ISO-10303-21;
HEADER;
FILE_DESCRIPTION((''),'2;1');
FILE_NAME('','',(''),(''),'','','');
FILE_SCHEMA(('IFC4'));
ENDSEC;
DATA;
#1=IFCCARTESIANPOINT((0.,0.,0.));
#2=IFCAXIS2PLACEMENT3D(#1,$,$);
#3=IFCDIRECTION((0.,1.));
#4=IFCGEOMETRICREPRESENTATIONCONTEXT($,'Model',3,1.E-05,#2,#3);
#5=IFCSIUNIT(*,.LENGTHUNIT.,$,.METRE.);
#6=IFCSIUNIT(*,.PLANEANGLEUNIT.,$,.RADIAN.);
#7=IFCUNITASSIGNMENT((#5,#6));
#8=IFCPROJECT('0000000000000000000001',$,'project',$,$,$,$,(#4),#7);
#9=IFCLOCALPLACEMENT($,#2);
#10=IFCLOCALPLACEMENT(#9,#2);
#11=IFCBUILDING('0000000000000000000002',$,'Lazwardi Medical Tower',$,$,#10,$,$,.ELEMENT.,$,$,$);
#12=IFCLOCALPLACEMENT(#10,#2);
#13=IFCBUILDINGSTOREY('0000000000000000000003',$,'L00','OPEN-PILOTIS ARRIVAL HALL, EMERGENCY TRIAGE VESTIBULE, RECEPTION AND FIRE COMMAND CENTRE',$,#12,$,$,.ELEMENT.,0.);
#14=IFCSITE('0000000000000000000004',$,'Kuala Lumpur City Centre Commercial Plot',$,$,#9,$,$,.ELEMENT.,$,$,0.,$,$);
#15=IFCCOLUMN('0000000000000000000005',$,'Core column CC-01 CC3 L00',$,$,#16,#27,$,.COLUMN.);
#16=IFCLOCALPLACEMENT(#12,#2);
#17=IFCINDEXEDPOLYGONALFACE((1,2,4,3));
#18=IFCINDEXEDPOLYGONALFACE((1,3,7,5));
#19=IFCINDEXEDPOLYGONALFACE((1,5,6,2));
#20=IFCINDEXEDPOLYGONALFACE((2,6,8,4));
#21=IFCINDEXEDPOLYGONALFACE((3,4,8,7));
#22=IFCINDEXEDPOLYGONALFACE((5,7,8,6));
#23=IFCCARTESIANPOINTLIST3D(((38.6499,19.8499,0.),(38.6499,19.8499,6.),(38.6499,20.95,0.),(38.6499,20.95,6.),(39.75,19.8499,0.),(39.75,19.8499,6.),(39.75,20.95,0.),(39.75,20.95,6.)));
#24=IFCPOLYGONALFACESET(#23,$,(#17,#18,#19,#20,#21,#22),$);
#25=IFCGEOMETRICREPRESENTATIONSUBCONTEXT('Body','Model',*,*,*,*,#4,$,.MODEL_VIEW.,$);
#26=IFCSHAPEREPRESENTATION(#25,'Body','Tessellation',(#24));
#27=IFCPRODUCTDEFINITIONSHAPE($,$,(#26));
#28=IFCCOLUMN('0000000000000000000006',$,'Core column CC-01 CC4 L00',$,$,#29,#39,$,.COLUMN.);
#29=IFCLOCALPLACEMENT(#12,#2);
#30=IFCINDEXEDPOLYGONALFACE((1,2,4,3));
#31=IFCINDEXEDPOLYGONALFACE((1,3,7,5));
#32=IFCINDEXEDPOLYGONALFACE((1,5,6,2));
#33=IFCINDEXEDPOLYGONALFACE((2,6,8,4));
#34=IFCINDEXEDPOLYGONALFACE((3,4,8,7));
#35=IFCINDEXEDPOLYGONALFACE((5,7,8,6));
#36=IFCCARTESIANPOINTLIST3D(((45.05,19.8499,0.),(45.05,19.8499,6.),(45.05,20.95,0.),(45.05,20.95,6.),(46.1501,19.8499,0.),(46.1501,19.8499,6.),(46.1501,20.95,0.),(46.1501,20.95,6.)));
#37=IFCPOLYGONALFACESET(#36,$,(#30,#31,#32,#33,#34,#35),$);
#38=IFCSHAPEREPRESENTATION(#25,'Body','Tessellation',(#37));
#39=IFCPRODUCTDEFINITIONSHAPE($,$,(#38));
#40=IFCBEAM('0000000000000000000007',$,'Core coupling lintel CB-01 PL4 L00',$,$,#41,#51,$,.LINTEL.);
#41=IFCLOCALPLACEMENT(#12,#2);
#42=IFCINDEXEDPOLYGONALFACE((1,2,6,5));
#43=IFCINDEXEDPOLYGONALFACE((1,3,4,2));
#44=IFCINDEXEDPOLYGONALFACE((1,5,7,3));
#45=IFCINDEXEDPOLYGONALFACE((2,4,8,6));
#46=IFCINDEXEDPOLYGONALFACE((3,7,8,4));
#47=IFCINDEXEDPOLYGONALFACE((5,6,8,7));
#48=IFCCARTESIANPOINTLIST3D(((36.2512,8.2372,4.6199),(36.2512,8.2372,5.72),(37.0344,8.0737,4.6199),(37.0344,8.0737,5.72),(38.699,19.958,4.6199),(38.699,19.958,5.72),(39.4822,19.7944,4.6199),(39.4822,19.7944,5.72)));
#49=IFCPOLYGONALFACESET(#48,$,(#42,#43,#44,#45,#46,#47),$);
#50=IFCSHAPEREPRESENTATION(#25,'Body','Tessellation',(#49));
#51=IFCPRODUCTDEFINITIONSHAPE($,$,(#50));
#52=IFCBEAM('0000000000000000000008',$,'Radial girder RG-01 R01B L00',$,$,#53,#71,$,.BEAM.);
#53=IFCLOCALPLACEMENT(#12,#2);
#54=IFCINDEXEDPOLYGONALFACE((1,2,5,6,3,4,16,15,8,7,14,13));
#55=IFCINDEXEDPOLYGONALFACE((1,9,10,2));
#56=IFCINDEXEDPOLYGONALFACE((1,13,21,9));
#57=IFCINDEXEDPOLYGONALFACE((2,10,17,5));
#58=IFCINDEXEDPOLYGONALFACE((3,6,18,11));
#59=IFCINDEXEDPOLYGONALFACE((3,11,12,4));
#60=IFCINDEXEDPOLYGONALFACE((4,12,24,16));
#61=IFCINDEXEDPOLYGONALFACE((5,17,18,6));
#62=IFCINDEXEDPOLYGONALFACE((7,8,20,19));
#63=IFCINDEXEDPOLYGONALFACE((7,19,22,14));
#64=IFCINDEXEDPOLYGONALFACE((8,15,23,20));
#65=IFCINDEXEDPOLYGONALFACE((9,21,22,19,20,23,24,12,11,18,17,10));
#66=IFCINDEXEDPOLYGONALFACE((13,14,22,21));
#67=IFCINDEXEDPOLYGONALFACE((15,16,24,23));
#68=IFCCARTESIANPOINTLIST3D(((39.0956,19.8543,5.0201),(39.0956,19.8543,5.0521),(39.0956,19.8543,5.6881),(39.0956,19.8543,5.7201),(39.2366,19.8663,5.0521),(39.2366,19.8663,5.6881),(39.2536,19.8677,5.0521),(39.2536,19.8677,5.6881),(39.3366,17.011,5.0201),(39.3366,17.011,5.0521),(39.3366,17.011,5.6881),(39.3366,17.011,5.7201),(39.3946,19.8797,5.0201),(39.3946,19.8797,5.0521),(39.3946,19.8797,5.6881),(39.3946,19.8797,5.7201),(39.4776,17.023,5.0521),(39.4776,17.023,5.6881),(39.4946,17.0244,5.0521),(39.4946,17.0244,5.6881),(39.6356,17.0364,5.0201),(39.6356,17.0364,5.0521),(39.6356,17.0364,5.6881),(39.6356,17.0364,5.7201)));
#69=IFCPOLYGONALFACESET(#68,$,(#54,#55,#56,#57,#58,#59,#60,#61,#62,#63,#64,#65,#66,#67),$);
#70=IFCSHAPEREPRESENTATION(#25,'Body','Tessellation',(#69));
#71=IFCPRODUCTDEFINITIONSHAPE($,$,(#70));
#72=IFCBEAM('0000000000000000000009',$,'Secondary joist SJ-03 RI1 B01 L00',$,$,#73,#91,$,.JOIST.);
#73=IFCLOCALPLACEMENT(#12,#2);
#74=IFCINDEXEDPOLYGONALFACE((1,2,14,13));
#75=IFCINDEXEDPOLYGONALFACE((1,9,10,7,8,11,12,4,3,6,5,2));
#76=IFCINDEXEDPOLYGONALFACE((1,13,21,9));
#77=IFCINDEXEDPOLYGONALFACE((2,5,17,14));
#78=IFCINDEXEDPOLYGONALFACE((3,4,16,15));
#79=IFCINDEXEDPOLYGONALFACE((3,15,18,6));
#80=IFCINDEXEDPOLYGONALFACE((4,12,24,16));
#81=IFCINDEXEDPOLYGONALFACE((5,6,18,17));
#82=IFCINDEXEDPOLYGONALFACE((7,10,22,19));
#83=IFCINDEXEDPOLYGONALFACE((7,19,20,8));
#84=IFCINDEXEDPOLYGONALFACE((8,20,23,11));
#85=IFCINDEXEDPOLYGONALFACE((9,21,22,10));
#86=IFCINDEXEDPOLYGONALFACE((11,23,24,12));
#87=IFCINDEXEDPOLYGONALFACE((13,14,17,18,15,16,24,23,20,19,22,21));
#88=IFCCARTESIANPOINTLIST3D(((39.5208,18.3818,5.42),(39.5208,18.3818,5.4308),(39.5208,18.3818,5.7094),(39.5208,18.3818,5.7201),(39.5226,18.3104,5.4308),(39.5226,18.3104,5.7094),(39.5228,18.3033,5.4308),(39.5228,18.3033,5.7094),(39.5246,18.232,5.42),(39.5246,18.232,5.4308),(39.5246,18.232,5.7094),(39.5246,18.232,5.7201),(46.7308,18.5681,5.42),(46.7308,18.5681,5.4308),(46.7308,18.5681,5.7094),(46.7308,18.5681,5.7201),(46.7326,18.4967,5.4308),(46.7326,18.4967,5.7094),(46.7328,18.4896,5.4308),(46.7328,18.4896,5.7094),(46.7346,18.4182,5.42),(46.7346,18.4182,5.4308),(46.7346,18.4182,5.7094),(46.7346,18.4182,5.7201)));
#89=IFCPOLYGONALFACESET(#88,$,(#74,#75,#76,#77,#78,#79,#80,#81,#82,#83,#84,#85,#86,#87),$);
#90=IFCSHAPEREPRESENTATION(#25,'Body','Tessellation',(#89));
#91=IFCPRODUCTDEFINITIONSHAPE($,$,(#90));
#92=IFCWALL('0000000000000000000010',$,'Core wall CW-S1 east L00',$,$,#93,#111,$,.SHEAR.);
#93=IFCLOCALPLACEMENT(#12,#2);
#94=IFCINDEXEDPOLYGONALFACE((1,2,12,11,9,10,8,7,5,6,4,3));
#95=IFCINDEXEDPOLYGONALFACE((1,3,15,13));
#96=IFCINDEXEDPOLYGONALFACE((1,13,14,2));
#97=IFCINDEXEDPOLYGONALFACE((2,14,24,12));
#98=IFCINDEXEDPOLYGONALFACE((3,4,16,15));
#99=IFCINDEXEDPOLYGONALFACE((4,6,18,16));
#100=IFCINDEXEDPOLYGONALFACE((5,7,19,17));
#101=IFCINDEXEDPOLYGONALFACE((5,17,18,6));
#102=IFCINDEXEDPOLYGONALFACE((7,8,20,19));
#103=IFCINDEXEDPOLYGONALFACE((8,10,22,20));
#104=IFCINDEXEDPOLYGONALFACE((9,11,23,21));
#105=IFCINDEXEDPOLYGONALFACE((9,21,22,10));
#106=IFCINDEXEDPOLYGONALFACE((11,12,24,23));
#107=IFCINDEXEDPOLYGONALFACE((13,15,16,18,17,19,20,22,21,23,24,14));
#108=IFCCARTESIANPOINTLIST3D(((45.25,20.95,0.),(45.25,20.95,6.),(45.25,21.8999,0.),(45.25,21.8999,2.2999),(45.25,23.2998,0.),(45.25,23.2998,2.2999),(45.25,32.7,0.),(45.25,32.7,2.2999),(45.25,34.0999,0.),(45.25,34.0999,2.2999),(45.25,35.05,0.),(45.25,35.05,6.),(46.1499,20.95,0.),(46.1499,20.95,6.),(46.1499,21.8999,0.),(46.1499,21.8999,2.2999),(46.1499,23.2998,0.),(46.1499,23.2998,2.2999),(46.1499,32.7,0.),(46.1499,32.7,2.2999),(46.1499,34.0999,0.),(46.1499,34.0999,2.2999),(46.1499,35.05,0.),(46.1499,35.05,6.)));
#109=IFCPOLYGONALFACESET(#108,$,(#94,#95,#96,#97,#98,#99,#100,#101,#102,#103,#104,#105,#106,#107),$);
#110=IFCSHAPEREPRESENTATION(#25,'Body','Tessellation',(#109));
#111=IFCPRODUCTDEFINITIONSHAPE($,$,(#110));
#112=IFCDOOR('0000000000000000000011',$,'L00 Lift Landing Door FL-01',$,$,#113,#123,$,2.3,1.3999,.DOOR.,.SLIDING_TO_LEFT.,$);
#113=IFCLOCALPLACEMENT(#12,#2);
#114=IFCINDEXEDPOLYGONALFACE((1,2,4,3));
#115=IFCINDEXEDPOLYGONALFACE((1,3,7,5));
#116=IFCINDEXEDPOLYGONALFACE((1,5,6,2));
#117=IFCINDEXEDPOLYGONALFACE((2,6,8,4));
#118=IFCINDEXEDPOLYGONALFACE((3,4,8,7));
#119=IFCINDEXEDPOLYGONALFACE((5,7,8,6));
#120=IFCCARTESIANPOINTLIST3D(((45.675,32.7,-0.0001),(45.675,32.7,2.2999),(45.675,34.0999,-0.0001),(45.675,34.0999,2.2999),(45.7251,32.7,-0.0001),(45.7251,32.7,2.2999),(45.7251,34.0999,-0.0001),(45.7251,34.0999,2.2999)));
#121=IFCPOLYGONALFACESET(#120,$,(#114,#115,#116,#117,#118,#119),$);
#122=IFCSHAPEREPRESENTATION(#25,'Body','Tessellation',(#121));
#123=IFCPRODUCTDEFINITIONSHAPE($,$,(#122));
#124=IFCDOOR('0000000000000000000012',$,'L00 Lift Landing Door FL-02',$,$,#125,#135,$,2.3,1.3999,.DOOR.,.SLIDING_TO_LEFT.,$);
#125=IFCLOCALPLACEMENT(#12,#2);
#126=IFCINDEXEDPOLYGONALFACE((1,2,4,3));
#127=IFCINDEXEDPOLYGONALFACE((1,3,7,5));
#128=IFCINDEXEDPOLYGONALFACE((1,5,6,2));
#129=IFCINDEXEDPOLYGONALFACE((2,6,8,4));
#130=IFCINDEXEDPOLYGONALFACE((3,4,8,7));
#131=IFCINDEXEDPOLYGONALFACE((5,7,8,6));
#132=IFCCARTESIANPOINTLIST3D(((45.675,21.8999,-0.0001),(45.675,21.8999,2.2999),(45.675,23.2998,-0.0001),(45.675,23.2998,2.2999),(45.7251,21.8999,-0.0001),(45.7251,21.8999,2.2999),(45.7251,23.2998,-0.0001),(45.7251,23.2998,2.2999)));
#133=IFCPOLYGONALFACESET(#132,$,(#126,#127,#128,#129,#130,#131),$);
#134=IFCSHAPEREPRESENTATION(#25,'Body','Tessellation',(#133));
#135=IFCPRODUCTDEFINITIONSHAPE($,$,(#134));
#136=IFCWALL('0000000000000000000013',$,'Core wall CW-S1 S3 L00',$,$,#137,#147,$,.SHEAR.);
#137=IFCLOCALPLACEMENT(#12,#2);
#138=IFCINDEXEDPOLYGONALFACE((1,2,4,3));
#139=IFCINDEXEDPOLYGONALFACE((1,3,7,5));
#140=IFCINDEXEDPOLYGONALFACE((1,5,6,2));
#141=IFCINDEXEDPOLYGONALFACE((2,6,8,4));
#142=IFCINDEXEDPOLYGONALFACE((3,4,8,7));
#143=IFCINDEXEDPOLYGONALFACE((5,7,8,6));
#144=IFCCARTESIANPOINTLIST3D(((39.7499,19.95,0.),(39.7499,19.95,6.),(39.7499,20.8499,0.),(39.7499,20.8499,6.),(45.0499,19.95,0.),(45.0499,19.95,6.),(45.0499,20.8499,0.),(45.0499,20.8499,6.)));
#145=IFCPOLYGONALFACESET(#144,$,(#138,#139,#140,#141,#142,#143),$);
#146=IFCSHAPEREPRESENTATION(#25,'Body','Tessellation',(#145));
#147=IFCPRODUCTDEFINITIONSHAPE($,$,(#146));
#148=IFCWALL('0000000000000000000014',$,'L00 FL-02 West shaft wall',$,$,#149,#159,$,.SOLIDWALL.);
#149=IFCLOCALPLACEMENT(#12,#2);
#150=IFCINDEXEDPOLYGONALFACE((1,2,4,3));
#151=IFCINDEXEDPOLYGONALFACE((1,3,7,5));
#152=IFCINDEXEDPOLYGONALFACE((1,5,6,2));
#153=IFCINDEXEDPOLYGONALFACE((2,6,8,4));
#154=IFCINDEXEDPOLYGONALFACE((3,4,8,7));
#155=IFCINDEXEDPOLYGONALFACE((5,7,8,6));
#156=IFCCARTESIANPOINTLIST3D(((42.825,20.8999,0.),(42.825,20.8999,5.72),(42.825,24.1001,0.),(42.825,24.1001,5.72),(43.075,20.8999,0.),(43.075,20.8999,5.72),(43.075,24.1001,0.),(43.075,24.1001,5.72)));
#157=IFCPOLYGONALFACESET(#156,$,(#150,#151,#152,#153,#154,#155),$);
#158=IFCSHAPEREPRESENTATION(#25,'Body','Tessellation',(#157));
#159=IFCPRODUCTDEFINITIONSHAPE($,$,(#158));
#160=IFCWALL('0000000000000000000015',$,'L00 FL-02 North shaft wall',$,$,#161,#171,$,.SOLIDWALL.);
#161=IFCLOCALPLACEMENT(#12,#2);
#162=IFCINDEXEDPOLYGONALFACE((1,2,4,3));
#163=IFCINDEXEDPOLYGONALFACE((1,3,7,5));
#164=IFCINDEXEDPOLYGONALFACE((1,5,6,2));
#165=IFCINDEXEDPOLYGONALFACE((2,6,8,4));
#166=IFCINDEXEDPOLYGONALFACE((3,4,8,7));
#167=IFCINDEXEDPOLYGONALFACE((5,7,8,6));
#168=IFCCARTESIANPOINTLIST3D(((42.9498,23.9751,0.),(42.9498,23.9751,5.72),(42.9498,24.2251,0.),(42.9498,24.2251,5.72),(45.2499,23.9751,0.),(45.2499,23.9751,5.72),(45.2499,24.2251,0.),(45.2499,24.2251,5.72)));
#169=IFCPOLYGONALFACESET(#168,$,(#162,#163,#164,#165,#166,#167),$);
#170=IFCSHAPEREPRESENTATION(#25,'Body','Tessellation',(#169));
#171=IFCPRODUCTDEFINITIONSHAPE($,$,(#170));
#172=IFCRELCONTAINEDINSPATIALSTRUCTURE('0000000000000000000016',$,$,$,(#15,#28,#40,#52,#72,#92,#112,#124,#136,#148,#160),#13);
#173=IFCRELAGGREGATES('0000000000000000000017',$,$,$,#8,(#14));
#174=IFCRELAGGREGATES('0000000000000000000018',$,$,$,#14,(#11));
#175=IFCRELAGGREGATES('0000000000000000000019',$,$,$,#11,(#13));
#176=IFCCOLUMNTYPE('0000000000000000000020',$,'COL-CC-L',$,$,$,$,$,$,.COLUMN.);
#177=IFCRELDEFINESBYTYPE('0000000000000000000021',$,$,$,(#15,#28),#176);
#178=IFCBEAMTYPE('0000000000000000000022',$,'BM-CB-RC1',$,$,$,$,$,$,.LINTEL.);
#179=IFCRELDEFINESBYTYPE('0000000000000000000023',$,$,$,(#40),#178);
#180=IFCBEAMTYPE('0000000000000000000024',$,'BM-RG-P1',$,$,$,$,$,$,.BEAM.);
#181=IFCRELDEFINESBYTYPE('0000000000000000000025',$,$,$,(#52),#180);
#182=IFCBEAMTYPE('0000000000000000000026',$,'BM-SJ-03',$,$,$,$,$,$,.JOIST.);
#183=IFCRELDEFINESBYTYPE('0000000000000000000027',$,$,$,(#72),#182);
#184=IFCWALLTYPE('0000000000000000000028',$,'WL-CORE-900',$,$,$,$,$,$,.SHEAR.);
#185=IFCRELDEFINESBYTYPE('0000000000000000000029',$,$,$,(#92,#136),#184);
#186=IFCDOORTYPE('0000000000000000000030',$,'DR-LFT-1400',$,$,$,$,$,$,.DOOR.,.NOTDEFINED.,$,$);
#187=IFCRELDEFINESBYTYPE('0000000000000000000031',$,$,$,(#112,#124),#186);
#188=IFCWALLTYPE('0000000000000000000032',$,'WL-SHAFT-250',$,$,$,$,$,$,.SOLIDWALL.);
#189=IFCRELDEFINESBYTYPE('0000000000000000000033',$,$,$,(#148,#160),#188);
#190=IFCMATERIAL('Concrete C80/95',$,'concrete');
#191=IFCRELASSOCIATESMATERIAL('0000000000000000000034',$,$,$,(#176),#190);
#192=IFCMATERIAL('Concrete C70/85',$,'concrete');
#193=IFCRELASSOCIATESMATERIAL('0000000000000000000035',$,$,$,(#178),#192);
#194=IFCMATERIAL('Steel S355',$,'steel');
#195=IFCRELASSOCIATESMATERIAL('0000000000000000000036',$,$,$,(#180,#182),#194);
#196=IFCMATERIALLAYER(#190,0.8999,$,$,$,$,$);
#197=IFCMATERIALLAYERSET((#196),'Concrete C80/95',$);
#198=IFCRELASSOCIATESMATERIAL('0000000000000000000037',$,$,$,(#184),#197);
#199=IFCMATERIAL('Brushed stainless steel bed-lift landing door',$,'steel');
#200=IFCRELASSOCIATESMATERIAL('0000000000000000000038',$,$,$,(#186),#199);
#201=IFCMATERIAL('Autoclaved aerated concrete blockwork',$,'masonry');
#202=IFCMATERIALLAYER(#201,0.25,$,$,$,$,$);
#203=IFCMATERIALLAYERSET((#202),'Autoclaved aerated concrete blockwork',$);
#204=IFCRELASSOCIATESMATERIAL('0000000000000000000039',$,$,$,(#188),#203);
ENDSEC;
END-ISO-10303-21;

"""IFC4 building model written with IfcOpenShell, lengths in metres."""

from ifc_helpers import new_model, si_unit, direction, frame, frame_2d, origin, origin_2d, place, context, subcontext, project, spatial, rectangle, i_section, extrude, material, layer, layer_set, material_profile, profile_set, type_object, element, fill, save


model = new_model("IFC4")

# Units and contexts
model_context = context("Model", 3, precision=1e-05, world=origin(), true_north=direction((0.0, 1.0)))
body_context = subcontext(model_context, "Body", "Model", "MODEL_VIEW")
ifc_project = project(units=[si_unit("LENGTHUNIT", "METRE"), si_unit("PLANEANGLEUNIT", "RADIAN")], contexts=[model_context])

# Site, building, storey
site_placement = place(None, origin())
site = spatial("IfcSite", under=ifc_project, at=site_placement, Name="Kuala Lumpur City Centre Commercial Plot", CompositionType="ELEMENT", RefElevation=0.0)
building_placement = place(site_placement, origin())
building = spatial("IfcBuilding", under=site, at=building_placement, Name="Lazwardi Medical Tower", CompositionType="ELEMENT")
storey_placement = place(building_placement, origin())
storey = spatial("IfcBuildingStorey", under=building, at=storey_placement, Name="L00", Description="OPEN-PILOTIS ARRIVAL HALL, EMERGENCY TRIAGE VESTIBULE, RECEPTION AND FIRE COMMAND CENTRE", CompositionType="ELEMENT", Elevation=0.0)

# Columns
ifc_material_1 = material(Name="Concrete C80/95", Category="concrete")
ifc_material_profile_1 = material_profile(ifc_material_1, rectangle(XDim=1.1001, YDim=1.1001, at=origin_2d()), Name="RC 1100x1100")
ifc_profile_set_1 = profile_set([ifc_material_profile_1], Name="Concrete C80/95")
column_type = type_object("IfcColumnType", Name="COL-CC-L", PredefinedType="COLUMN", material=ifc_profile_set_1)
for number, where, z_axis, x_axis, name in (
    (1, (39.2, 20.3999, 0.0), (0.0, 0.0, 1.0), (1.0, 0.0, 0.0), "Core column CC-01 CC3 L00"),
    (2, (45.6001, 20.3999, 0.0), (0.0, 0.0, 1.0), (1.0, 0.0, 0.0), "Core column CC-01 CC4 L00"),
):
    element("IfcColumn", number, at=place(storey_placement, frame(where, z_axis=z_axis, x_axis=x_axis)), inside=storey, type_object=column_type, Name=name, PredefinedType="COLUMN", context=body_context, shape_type="SweptSolid", body=[
        extrude(rectangle(XDim=1.1001, YDim=1.1001, at=origin_2d()), origin(), (0.0, 0.0, 1.0), 6.0),
    ])

# Beams
ifc_material_2 = material(Name="Concrete C70/85", Category="concrete")
ifc_material_profile_2 = material_profile(ifc_material_2, rectangle(XDim=0.8, YDim=1.1001, at=origin_2d()), Name="RC 800x1100")
ifc_profile_set_2 = profile_set([ifc_material_profile_2], Name="Concrete C70/85")
beam_type_1 = type_object("IfcBeamType", Name="BM-CB-RC1", PredefinedType="LINTEL", material=ifc_profile_set_2)
beam_1_placement = place(storey_placement, frame((39.0906, 19.8762, 5.1699), z_axis=(-0.20443, -0.978881, 0.0), x_axis=(0.978881, -0.20443, 0.0)))
element("IfcBeam", 3, at=beam_1_placement, inside=storey, type_object=beam_type_1, Name="Core coupling lintel CB-01 PL4 L00", PredefinedType="LINTEL", context=body_context, shape_type="SweptSolid", body=[
    extrude(rectangle(XDim=0.8, YDim=1.1001, at=origin_2d()), origin(), (0.0, 0.0, 1.0), 11.9736),
])
ifc_material_3 = material(Name="Steel S355", Category="steel")
ifc_material_profile_3 = material_profile(ifc_material_3, i_section(OverallWidth=0.3, OverallDepth=0.7, WebThickness=0.0171, FlangeThickness=0.032, at=origin_2d()), Name="HEB 700")
ifc_profile_set_3 = profile_set([ifc_material_profile_3], Name="Steel S355")
beam_type_2 = type_object("IfcBeamType", Name="BM-RG-P1", PredefinedType="BEAM", material=ifc_profile_set_3)
beam_2_placement = place(storey_placement, frame((39.4861, 17.0237, 5.3701), z_axis=(-0.084447, 0.996428, 0.0), x_axis=(-0.996428, -0.084447, 0.0)))
element("IfcBeam", 4, at=beam_2_placement, inside=storey, type_object=beam_type_2, Name="Radial girder RG-01 R01B L00", PredefinedType="BEAM", context=body_context, shape_type="SweptSolid", body=[
    extrude(i_section(OverallWidth=0.3, OverallDepth=0.7, WebThickness=0.0171, FlangeThickness=0.032, at=origin_2d()), origin(), (0.0, 0.0, 1.0), 2.8535),
])
ifc_material_profile_4 = material_profile(ifc_material_3, i_section(OverallWidth=0.1499, OverallDepth=0.3, WebThickness=0.0071, FlangeThickness=0.0107, at=origin_2d()), Name="IPE 300")
ifc_profile_set_4 = profile_set([ifc_material_profile_4], Name="Steel S355")
beam_type_3 = type_object("IfcBeamType", Name="BM-SJ-03", PredefinedType="JOIST", material=ifc_profile_set_4)
beam_3_placement = place(storey_placement, frame((39.5227, 18.3069, 5.5701), z_axis=(0.999666, 0.025828, 0.0), x_axis=(-0.025828, 0.999666, 0.0)))
element("IfcBeam", 5, at=beam_3_placement, inside=storey, type_object=beam_type_3, Name="Secondary joist SJ-03 RI1 B01 L00", PredefinedType="JOIST", context=body_context, shape_type="SweptSolid", body=[
    extrude(i_section(OverallWidth=0.1499, OverallDepth=0.3, WebThickness=0.0071, FlangeThickness=0.0107, at=origin_2d()), origin(), (0.0, 0.0, 1.0), 7.2124),
])

# Wall, openings, doors
ifc_layer_1 = layer(ifc_material_1, 0.8999)
ifc_layer_set_1 = layer_set([ifc_layer_1], Name="Concrete C80/95")
wall_type_1 = type_object("IfcWallType", Name="WL-CORE-900", PredefinedType="SHEAR", material=ifc_layer_set_1)
wall_1_placement = place(storey_placement, frame((45.7, 20.95, 0.0), z_axis=(0.0, 0.0, 1.0), x_axis=(0.0, 1.0, 0.0)))
wall_1 = element("IfcWall", 6, at=wall_1_placement, inside=storey, type_object=wall_type_1, Name="Core wall CW-S1 east L00", PredefinedType="SHEAR", context=body_context, shape_type="SweptSolid", body=[
    extrude(rectangle(XDim=14.1001, YDim=0.8999, at=frame_2d((7.05, 0.0))), origin(), (0.0, 0.0, 1.0), 6.0),
])
opening_1_placement = place(wall_1_placement, frame((11.75, 0.0, 0.0)))
opening_1 = element("IfcOpeningElement", 7, at=opening_1_placement, cuts=wall_1, PredefinedType="OPENING", context=body_context, shape_type="SweptSolid", body=[
    extrude(rectangle(XDim=1.3999, YDim=2.3, at=frame_2d((0.7, 1.1499))), frame((0.0, 0.46, 0.0), z_axis=(0.0, -1.0, 0.0), x_axis=(1.0, 0.0, 0.0)), (0.0, 0.0, 1.0), 0.9199),
])
opening_2_placement = place(wall_1_placement, frame((0.95, 0.0, 0.0)))
opening_2 = element("IfcOpeningElement", 8, at=opening_2_placement, cuts=wall_1, PredefinedType="OPENING", context=body_context, shape_type="SweptSolid", body=[
    extrude(rectangle(XDim=1.3999, YDim=2.3, at=frame_2d((0.7, 1.1499))), frame((0.0, 0.46, 0.0), z_axis=(0.0, -1.0, 0.0), x_axis=(1.0, 0.0, 0.0)), (0.0, 0.0, 1.0), 0.9199),
])
ifc_material_4 = material(Name="Brushed stainless steel bed-lift landing door", Category="steel")
door_type = type_object("IfcDoorType", Name="DR-LFT-1400", OperationType="NOTDEFINED", PredefinedType="DOOR", material=ifc_material_4)
door_1_placement = place(opening_1_placement, origin())
door_1 = element("IfcDoor", 9, at=door_1_placement, inside=storey, type_object=door_type, Name="L00 Lift Landing Door FL-01", OperationType="SLIDING_TO_LEFT", OverallHeight=2.3, OverallWidth=1.3999, PredefinedType="DOOR", context=body_context, shape_type="SweptSolid", body=[
    extrude(rectangle(XDim=1.3999, YDim=2.3, at=frame_2d((0.7, 1.1499))), frame((0.0, 0.0249, 0.0), z_axis=(0.0, -1.0, 0.0), x_axis=(1.0, 0.0, 0.0)), (0.0, 0.0, 1.0), 0.05),
])
fill(opening_1, door_1)
door_2_placement = place(opening_2_placement, origin())
door_2 = element("IfcDoor", 10, at=door_2_placement, inside=storey, type_object=door_type, Name="L00 Lift Landing Door FL-02", OperationType="SLIDING_TO_LEFT", OverallHeight=2.3, OverallWidth=1.3999, PredefinedType="DOOR", context=body_context, shape_type="SweptSolid", body=[
    extrude(rectangle(XDim=1.3999, YDim=2.3, at=frame_2d((0.7, 1.1499))), frame((0.0, 0.0249, 0.0), z_axis=(0.0, -1.0, 0.0), x_axis=(1.0, 0.0, 0.0)), (0.0, 0.0, 1.0), 0.05),
])
fill(opening_2, door_2)

# Walls
wall_2_placement = place(storey_placement, frame((39.75, 20.3999, 0.0), z_axis=(0.0, 0.0, 1.0), x_axis=(1.0, 0.0, 0.0)))
element("IfcWall", 11, at=wall_2_placement, inside=storey, type_object=wall_type_1, Name="Core wall CW-S1 S3 L00", PredefinedType="SHEAR", context=body_context, shape_type="SweptSolid", body=[
    extrude(rectangle(XDim=5.3, YDim=0.8999, at=frame_2d((2.6499, 0.0))), origin(), (0.0, 0.0, 1.0), 6.0),
])
ifc_material_5 = material(Name="Autoclaved aerated concrete blockwork", Category="masonry")
ifc_layer_2 = layer(ifc_material_5, 0.25)
ifc_layer_set_2 = layer_set([ifc_layer_2], Name="Autoclaved aerated concrete blockwork")
wall_type_2 = type_object("IfcWallType", Name="WL-SHAFT-250", PredefinedType="SOLIDWALL", material=ifc_layer_set_2)
wall_3_placement = place(storey_placement, frame((42.95, 20.8999, 0.0), z_axis=(0.0, 0.0, 1.0), x_axis=(0.0, 1.0, 0.0)))
element("IfcWall", 12, at=wall_3_placement, inside=storey, type_object=wall_type_2, Name="L00 FL-02 West shaft wall", PredefinedType="SOLIDWALL", context=body_context, shape_type="SweptSolid", body=[
    extrude(rectangle(XDim=3.2002, YDim=0.25, at=frame_2d((1.6001, 0.0))), origin(), (0.0, 0.0, 1.0), 5.72),
])
wall_4_placement = place(storey_placement, frame((42.95, 24.1001, 0.0), z_axis=(0.0, 0.0, 1.0), x_axis=(1.0, 0.0, 0.0)))
element("IfcWall", 13, at=wall_4_placement, inside=storey, type_object=wall_type_2, Name="L00 FL-02 North shaft wall", PredefinedType="SOLIDWALL", context=body_context, shape_type="SweptSolid", body=[
    extrude(rectangle(XDim=2.3, YDim=0.25, at=frame_2d((1.1499, 0.0))), origin(), (0.0, 0.0, 1.0), 5.72),
])

save(model, "model.ifc")
